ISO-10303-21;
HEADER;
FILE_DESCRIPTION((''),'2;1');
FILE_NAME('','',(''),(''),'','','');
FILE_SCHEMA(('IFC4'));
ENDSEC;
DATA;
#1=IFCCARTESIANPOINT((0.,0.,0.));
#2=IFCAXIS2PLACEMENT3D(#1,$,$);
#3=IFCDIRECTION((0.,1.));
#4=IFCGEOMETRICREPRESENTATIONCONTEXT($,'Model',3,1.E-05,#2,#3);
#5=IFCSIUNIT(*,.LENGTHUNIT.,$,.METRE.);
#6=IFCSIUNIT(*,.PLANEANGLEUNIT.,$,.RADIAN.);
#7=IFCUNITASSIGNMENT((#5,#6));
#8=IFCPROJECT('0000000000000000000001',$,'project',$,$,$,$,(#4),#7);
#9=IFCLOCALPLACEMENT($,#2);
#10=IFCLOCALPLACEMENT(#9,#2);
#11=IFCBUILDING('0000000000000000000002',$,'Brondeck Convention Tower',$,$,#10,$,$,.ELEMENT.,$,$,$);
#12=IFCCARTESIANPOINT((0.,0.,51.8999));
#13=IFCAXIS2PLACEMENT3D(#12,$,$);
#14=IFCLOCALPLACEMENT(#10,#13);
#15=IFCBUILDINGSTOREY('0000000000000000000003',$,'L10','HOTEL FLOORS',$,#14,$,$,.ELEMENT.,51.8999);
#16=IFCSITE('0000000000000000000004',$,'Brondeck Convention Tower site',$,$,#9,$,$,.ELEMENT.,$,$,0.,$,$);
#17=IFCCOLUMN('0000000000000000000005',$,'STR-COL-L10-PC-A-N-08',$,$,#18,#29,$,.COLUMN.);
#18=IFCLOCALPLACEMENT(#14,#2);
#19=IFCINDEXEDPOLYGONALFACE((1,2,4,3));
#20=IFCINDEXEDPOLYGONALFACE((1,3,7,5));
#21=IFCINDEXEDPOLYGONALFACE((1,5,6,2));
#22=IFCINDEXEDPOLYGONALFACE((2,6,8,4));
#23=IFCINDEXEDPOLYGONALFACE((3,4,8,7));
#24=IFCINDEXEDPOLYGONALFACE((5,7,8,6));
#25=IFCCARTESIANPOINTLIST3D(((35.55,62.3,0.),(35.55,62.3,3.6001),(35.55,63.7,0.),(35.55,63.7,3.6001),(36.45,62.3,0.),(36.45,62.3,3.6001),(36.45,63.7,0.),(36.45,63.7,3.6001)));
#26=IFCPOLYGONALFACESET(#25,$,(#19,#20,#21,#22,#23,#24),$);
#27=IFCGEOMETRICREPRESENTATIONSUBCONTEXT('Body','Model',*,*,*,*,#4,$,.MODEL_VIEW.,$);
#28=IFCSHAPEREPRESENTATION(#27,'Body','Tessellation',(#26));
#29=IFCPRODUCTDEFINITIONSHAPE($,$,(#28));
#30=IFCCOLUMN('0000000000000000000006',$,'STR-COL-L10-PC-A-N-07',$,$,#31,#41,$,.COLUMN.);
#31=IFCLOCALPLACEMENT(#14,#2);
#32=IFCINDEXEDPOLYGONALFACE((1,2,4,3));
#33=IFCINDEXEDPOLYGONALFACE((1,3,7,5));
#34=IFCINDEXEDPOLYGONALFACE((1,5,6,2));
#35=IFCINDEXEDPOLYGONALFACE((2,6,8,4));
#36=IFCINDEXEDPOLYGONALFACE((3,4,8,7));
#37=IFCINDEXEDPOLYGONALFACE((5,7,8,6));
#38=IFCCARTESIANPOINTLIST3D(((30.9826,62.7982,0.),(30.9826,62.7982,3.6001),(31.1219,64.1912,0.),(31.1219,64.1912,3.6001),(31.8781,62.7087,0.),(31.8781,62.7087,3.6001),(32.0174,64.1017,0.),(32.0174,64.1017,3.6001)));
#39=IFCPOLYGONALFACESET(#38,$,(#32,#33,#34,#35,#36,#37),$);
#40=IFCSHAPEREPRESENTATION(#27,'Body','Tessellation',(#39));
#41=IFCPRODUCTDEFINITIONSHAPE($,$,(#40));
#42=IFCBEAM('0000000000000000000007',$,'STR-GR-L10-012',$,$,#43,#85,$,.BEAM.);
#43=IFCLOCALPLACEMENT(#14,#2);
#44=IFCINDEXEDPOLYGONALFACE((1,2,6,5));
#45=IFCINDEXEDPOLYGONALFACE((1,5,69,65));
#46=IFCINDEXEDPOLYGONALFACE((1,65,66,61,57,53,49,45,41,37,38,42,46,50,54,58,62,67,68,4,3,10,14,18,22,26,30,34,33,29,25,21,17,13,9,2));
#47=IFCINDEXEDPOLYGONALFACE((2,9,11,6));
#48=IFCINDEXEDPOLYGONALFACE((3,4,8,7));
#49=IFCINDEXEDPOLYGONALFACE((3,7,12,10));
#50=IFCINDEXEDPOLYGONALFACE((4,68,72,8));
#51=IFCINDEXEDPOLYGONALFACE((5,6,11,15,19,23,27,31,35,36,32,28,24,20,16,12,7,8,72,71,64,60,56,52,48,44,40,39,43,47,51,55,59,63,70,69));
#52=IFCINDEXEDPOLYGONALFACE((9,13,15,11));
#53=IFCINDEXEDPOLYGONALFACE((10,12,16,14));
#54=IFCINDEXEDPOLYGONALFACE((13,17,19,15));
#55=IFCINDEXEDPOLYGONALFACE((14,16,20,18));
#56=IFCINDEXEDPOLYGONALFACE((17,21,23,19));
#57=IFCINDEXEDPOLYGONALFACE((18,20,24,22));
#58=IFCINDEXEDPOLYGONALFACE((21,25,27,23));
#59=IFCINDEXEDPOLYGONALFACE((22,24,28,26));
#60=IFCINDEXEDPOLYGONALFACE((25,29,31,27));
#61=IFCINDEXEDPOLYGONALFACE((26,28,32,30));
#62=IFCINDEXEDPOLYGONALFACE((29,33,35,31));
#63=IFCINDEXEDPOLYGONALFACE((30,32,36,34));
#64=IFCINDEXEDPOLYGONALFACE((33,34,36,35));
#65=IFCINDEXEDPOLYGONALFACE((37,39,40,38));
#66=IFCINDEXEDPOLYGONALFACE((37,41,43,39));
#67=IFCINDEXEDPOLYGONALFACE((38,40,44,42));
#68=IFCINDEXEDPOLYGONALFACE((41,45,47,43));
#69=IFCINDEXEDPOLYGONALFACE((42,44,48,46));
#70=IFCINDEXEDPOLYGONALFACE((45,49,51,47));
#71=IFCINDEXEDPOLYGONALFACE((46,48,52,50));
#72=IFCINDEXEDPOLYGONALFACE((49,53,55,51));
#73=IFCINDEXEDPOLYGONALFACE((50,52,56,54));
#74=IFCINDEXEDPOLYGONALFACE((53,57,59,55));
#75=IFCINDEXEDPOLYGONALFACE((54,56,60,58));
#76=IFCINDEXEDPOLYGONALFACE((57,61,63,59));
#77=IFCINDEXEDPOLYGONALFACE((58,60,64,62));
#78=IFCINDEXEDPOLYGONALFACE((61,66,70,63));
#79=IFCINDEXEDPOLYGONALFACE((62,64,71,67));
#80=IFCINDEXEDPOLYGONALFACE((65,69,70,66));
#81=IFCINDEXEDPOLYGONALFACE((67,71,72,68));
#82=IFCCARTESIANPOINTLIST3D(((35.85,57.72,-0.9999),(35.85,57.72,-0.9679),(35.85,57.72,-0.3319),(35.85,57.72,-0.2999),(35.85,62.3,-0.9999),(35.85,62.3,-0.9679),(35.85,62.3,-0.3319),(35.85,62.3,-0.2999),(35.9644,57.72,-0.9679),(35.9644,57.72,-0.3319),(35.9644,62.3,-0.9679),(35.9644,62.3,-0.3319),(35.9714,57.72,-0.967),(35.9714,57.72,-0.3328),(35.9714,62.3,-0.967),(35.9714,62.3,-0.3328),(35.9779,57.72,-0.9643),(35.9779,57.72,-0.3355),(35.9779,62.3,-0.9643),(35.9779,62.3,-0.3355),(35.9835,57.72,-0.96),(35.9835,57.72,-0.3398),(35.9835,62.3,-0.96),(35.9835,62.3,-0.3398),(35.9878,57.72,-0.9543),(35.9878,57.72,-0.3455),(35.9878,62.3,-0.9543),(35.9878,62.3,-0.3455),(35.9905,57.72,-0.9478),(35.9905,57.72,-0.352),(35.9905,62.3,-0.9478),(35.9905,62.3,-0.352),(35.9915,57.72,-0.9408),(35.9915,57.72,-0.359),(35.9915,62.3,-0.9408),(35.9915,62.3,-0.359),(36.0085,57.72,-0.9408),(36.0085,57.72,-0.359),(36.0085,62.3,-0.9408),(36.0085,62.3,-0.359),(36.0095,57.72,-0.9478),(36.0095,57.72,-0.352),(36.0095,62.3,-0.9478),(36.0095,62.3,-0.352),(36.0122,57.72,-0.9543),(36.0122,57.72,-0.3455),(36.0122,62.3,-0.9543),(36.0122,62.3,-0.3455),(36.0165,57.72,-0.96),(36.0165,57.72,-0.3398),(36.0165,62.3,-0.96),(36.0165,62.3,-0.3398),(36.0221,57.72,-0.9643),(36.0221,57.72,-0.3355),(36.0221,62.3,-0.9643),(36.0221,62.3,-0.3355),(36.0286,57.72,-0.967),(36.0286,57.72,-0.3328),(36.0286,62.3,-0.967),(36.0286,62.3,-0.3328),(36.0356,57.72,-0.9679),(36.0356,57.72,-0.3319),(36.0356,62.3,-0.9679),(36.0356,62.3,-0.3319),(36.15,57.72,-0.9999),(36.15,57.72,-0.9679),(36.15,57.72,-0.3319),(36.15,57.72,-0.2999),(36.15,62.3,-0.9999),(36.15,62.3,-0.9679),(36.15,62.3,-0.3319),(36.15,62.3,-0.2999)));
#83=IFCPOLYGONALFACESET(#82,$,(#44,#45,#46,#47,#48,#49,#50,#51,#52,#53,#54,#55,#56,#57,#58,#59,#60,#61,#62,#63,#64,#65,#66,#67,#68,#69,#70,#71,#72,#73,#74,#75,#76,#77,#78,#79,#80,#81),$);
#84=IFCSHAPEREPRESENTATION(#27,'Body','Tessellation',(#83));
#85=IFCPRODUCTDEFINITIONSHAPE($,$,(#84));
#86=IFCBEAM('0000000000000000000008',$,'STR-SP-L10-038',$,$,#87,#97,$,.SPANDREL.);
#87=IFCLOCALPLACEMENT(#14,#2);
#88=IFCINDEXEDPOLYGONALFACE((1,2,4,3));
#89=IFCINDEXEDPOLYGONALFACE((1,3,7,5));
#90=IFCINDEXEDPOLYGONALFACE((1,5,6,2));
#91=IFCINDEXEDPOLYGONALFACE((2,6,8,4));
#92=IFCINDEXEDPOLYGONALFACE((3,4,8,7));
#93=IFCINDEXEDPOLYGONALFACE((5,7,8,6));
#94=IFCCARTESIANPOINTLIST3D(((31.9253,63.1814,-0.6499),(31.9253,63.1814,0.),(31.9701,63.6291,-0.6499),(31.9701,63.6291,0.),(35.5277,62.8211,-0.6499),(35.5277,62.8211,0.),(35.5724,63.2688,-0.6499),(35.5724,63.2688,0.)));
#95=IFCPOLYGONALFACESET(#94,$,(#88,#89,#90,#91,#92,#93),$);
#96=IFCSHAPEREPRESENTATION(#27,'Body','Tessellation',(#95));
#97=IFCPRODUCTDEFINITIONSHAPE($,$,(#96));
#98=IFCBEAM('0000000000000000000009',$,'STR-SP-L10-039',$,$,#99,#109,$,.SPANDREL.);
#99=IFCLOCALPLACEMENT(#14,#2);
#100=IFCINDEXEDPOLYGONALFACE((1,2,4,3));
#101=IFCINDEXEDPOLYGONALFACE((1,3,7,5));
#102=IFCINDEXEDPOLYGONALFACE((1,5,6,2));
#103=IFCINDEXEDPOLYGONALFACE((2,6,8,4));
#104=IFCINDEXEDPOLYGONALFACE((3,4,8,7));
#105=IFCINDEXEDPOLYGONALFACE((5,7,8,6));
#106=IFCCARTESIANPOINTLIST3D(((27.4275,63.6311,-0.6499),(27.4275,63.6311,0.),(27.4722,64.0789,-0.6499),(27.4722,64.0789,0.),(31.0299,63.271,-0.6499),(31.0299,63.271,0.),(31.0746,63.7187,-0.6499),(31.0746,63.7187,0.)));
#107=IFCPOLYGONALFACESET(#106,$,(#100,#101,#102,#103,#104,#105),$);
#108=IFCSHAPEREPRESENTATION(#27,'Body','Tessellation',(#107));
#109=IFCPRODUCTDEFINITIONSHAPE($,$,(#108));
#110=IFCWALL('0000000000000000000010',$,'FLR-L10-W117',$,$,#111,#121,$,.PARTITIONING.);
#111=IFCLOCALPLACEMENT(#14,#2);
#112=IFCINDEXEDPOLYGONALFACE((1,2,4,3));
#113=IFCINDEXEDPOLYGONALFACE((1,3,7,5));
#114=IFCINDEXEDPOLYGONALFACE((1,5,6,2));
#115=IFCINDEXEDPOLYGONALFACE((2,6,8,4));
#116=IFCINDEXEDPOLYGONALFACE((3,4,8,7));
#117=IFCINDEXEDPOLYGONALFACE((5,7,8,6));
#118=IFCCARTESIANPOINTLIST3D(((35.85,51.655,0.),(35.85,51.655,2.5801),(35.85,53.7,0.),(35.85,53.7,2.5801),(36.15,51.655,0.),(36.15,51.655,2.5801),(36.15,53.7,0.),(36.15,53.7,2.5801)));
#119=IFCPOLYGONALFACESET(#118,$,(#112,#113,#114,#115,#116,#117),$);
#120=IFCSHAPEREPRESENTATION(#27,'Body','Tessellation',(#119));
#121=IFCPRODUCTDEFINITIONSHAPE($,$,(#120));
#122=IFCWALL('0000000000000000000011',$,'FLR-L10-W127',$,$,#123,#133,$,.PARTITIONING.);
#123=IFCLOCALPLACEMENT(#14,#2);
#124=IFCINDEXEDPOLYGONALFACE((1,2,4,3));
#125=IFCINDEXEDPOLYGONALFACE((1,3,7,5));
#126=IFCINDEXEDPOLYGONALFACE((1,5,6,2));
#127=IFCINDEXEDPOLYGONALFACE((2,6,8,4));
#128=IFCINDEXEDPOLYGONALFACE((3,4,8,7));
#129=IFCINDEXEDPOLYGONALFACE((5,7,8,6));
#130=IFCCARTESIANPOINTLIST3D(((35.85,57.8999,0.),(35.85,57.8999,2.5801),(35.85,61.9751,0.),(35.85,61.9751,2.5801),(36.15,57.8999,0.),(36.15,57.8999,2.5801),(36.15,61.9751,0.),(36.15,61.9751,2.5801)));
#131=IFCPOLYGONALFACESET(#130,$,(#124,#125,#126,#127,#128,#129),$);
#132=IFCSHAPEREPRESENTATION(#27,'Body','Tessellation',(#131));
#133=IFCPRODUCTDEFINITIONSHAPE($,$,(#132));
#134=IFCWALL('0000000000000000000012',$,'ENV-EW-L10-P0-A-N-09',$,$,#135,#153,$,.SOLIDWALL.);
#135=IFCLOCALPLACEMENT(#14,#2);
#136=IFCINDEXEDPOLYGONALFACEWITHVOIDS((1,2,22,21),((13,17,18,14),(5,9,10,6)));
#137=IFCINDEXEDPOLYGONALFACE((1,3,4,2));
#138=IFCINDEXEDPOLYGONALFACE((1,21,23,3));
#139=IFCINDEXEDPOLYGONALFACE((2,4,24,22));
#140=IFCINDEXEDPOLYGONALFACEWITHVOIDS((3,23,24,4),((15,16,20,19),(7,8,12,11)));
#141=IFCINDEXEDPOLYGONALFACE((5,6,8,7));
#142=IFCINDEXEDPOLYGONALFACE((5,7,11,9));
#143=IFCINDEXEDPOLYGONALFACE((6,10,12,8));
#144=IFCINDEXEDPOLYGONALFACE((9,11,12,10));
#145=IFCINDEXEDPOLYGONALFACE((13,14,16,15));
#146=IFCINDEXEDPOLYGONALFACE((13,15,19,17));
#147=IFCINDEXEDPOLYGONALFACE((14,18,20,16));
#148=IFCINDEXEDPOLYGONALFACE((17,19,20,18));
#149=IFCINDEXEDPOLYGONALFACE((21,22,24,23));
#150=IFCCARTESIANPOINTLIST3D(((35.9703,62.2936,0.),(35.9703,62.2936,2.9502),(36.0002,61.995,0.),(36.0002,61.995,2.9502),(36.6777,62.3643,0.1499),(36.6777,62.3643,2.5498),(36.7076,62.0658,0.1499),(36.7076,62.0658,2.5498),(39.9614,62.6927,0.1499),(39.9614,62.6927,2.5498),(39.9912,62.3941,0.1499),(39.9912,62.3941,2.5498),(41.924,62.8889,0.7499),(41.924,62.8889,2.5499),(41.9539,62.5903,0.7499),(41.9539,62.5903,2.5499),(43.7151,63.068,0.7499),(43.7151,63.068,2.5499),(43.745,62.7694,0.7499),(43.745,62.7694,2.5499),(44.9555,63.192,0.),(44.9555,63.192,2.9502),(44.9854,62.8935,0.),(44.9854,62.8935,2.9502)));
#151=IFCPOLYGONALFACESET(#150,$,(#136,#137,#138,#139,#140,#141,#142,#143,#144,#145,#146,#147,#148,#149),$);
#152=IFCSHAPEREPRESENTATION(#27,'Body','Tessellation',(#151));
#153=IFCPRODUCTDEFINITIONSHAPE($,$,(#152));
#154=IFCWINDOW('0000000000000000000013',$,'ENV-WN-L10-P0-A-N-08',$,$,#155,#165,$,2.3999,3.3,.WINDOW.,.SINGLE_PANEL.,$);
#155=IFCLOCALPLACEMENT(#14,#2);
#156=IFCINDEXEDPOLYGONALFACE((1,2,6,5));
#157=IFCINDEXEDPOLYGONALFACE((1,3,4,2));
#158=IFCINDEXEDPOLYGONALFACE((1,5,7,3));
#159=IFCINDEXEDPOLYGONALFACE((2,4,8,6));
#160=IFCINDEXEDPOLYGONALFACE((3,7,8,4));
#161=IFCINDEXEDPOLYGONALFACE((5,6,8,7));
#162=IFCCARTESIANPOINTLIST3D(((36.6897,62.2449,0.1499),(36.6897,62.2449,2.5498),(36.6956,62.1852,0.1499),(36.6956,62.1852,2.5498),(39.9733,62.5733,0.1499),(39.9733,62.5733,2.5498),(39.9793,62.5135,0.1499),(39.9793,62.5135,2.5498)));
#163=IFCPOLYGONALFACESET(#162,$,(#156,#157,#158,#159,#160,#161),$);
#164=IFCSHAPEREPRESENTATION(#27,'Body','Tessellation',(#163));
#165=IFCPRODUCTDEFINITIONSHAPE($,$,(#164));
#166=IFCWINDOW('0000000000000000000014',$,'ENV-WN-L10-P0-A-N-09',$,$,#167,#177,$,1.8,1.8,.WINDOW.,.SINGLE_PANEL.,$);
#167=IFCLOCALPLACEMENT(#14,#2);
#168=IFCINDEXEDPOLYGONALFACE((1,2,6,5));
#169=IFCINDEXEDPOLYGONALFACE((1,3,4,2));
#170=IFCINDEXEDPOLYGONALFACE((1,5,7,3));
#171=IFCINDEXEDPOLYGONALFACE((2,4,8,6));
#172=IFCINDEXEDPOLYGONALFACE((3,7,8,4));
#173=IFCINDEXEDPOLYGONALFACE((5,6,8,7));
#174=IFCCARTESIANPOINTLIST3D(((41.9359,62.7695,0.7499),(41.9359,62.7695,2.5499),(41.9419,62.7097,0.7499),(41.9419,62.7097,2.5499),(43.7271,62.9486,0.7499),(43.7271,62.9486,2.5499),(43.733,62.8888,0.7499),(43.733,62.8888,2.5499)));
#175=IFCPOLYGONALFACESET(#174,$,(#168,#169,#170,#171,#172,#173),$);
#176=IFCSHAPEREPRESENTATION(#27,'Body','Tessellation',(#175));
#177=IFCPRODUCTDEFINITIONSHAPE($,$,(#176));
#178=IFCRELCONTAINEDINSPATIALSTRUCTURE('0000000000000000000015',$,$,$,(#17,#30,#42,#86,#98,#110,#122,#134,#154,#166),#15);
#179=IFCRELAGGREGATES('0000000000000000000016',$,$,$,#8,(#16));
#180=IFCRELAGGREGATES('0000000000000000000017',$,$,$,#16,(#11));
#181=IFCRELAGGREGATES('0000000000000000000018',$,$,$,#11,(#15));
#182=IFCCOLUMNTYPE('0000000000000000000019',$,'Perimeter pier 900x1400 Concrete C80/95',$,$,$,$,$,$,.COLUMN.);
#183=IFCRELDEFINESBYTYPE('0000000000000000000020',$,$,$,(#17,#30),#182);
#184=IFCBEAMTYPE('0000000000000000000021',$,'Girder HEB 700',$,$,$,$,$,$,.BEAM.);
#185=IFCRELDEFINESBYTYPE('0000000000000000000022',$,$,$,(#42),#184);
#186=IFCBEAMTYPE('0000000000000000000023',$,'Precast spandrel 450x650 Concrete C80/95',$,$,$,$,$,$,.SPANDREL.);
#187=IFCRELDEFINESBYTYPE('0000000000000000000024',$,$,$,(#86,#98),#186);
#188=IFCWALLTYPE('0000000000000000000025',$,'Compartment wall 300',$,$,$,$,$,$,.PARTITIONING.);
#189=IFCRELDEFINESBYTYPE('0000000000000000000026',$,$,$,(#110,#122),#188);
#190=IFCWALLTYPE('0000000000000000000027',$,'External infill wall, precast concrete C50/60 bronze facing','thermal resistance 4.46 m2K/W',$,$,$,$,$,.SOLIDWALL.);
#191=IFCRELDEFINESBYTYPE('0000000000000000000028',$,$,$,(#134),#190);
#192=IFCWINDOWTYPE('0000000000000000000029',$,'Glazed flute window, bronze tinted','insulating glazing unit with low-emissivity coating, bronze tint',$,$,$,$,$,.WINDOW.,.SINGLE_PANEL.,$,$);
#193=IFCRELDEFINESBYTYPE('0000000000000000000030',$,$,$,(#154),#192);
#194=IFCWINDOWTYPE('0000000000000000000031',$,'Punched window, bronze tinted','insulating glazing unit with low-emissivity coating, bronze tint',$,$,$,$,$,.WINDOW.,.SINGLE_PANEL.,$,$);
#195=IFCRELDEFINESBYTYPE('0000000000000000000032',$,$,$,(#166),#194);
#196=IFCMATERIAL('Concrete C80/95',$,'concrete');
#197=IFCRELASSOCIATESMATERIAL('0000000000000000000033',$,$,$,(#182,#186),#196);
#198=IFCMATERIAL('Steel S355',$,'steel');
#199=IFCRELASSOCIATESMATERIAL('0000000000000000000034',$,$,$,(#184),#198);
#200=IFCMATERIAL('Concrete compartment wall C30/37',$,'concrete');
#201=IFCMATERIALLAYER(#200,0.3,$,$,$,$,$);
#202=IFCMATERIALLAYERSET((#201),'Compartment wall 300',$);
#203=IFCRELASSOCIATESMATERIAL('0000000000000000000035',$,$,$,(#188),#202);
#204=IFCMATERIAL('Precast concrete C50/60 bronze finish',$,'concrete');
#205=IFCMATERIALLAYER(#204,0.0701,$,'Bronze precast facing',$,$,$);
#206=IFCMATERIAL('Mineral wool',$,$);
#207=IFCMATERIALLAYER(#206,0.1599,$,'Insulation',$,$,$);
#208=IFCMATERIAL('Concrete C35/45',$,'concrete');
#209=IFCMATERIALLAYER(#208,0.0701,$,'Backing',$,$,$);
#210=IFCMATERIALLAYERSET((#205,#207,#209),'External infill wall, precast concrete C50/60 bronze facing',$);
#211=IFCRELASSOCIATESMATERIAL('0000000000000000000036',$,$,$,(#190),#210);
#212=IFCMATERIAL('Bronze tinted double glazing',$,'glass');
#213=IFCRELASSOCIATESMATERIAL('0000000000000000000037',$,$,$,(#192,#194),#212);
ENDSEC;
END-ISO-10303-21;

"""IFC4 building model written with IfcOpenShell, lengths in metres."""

from ifc_helpers import new_model, si_unit, direction, frame, frame_2d, origin, origin_2d, place, context, subcontext, project, spatial, rectangle, i_section, extrude, material, layer, layer_set, material_profile, profile_set, type_object, element, fill, save


model = new_model("IFC4")

# Units and contexts
model_context = context("Model", 3, precision=1e-05, world=origin(), true_north=direction((0.0, 1.0)))
body_context = subcontext(model_context, "Body", "Model", "MODEL_VIEW")
ifc_project = project(units=[si_unit("LENGTHUNIT", "METRE"), si_unit("PLANEANGLEUNIT", "RADIAN")], contexts=[model_context])

# Site, building, storey
site_placement = place(None, origin())
site = spatial("IfcSite", under=ifc_project, at=site_placement, Name="Brondeck Convention Tower site", CompositionType="ELEMENT", RefElevation=0.0)
building_placement = place(site_placement, origin())
building = spatial("IfcBuilding", under=site, at=building_placement, Name="Brondeck Convention Tower", CompositionType="ELEMENT")
storey_placement = place(building_placement, frame((0.0, 0.0, 51.8999)))
storey = spatial("IfcBuildingStorey", under=building, at=storey_placement, Name="L10", Description="HOTEL FLOORS", CompositionType="ELEMENT", Elevation=51.8999)

# Columns
ifc_material_1 = material(Name="Concrete C80/95", Category="concrete")
ifc_material_profile_1 = material_profile(ifc_material_1, rectangle(XDim=0.8999, YDim=1.3999, at=origin_2d()), Name="Perimeter pier 900x1400 Concrete C80/95")
ifc_profile_set_1 = profile_set([ifc_material_profile_1], Name="Concrete C80/95")
column_type = type_object("IfcColumnType", Name="Perimeter pier 900x1400 Concrete C80/95", PredefinedType="COLUMN", material=ifc_profile_set_1)
for number, where, z_axis, x_axis, name in (
    (1, (36.0, 63.0, 0.0), (0.0, 0.0, 1.0), (-1.0, 0.0, 0.0), "STR-COL-L10-PC-A-N-08"),
    (2, (31.5, 63.45, 0.0), (0.0, 0.0, 1.0), (-0.995037, 0.099504, 0.0), "STR-COL-L10-PC-A-N-07"),
):
    element("IfcColumn", number, at=place(storey_placement, frame(where, z_axis=z_axis, x_axis=x_axis)), inside=storey, type_object=column_type, Name=name, PredefinedType="COLUMN", context=body_context, shape_type="SweptSolid", body=[
        extrude(rectangle(XDim=0.8999, YDim=1.3999, at=origin_2d()), origin(), (0.0, 0.0, 1.0), 3.6001),
    ])

# Beams
ifc_material_2 = material(Name="Steel S355", Category="steel")
ifc_material_profile_2 = material_profile(ifc_material_2, i_section(OverallWidth=0.3, OverallDepth=0.7, WebThickness=0.0171, FlangeThickness=0.032, FilletRadius=0.0271, at=origin_2d()), Name="HEB 700")
ifc_profile_set_2 = profile_set([ifc_material_profile_2], Name="Steel S355")
beam_type_1 = type_object("IfcBeamType", Name="Girder HEB 700", PredefinedType="BEAM", material=ifc_profile_set_2)
beam_placement = place(storey_placement, frame((36.0, 57.72, -0.6499), z_axis=(0.0, 1.0, 0.0), x_axis=(-1.0, 0.0, 0.0)))
element("IfcBeam", 3, at=beam_placement, inside=storey, type_object=beam_type_1, Name="STR-GR-L10-012", PredefinedType="BEAM", context=body_context, shape_type="SweptSolid", body=[
    extrude(i_section(OverallWidth=0.3, OverallDepth=0.7, WebThickness=0.0171, FlangeThickness=0.032, FilletRadius=0.0271, at=origin_2d()), origin(), (0.0, 0.0, 1.0), 4.5801),
])
ifc_material_profile_3 = material_profile(ifc_material_1, rectangle(XDim=0.45, YDim=0.6499, at=origin_2d()), Name="Precast spandrel 450x650 Concrete C80/95")
ifc_profile_set_3 = profile_set([ifc_material_profile_3], Name="Concrete C80/95")
beam_type_2 = type_object("IfcBeamType", Name="Precast spandrel 450x650 Concrete C80/95", PredefinedType="SPANDREL", material=ifc_profile_set_3)
for number, where, z_axis, x_axis, name in (
    (4, (35.55, 63.0449, -0.325), (-0.995034, 0.099537, 0.0), (-0.099537, -0.995034, 0.0), "STR-SP-L10-038"),
    (5, (31.0522, 63.4949, -0.325), (-0.995041, 0.09947, 0.0), (-0.09947, -0.995041, 0.0), "STR-SP-L10-039"),
):
    element("IfcBeam", number, at=place(storey_placement, frame(where, z_axis=z_axis, x_axis=x_axis)), inside=storey, type_object=beam_type_2, Name=name, PredefinedType="SPANDREL", context=body_context, shape_type="SweptSolid", body=[
        extrude(rectangle(XDim=0.45, YDim=0.6499, at=origin_2d()), origin(), (0.0, 0.0, 1.0), 3.6204),
    ])

# Walls
ifc_material_3 = material(Name="Concrete compartment wall C30/37", Category="concrete")
ifc_layer_1 = layer(ifc_material_3, 0.3)
ifc_layer_set_1 = layer_set([ifc_layer_1], Name="Compartment wall 300")
wall_type_1 = type_object("IfcWallType", Name="Compartment wall 300", PredefinedType="PARTITIONING", material=ifc_layer_set_1)
wall_1_placement = place(storey_placement, frame((36.0, 53.7, 0.0), z_axis=(0.0, 0.0, 1.0), x_axis=(0.0, -1.0, 0.0)))
element("IfcWall", 6, at=wall_1_placement, inside=storey, type_object=wall_type_1, Name="FLR-L10-W117", PredefinedType="PARTITIONING", context=body_context, shape_type="SweptSolid", body=[
    extrude(rectangle(XDim=2.0449, YDim=0.3, at=frame_2d((1.0225, 0.0))), origin(), (0.0, 0.0, 1.0), 2.5801),
])
wall_2_placement = place(storey_placement, frame((36.0, 61.9751, 0.0), z_axis=(0.0, 0.0, 1.0), x_axis=(0.0, -1.0, 0.0)))
element("IfcWall", 7, at=wall_2_placement, inside=storey, type_object=wall_type_1, Name="FLR-L10-W127", PredefinedType="PARTITIONING", context=body_context, shape_type="SweptSolid", body=[
    extrude(rectangle(XDim=4.0752, YDim=0.3, at=frame_2d((2.0376, 0.0))), origin(), (0.0, 0.0, 1.0), 2.5801),
])

# Wall, openings, windows
ifc_material_4 = material(Name="Precast concrete C50/60 bronze finish", Category="concrete")
ifc_layer_2 = layer(ifc_material_4, 0.0701, Name="Bronze precast facing")
ifc_material_5 = material(Name="Mineral wool")
ifc_layer_3 = layer(ifc_material_5, 0.1599, Name="Insulation")
ifc_material_6 = material(Name="Concrete C35/45", Category="concrete")
ifc_layer_4 = layer(ifc_material_6, 0.0701, Name="Backing")
ifc_layer_set_2 = layer_set([ifc_layer_2, ifc_layer_3, ifc_layer_4], Name="External infill wall, precast concrete C50/60 bronze facing")
wall_type_2 = type_object("IfcWallType", Name="External infill wall, precast concrete C50/60 bronze facing", Description="thermal resistance 4.46 m2K/W", PredefinedType="SOLIDWALL", material=ifc_layer_set_2)
wall_3_placement = place(storey_placement, frame((35.9851, 62.1443, 0.0), z_axis=(0.0, 0.0, 1.0), x_axis=(0.995038, 0.099496, 0.0)))
wall_3 = element("IfcWall", 8, at=wall_3_placement, inside=storey, type_object=wall_type_2, Name="ENV-EW-L10-P0-A-N-09", PredefinedType="SOLIDWALL", context=body_context, shape_type="SweptSolid", body=[
    extrude(rectangle(XDim=9.03, YDim=0.3, at=frame_2d((4.5151, 0.0))), origin(), (0.0, 0.0, 1.0), 2.9502),
])
opening_1_placement = place(wall_3_placement, frame((0.7112, 0.0, 0.1499)))
opening_1 = element("IfcOpeningElement", 9, at=opening_1_placement, cuts=wall_3, PredefinedType="OPENING", context=body_context, shape_type="SweptSolid", body=[
    extrude(rectangle(XDim=3.3, YDim=2.3999, at=frame_2d((1.6499, 1.2))), frame((0.0, 0.1599, 0.0), z_axis=(0.0, -1.0, 0.0), x_axis=(1.0, 0.0, 0.0)), (0.0, 0.0, 1.0), 0.3201),
])
opening_2_placement = place(wall_3_placement, frame((5.9836, 0.0, 0.75)))
opening_2 = element("IfcOpeningElement", 10, at=opening_2_placement, cuts=wall_3, PredefinedType="OPENING", context=body_context, shape_type="SweptSolid", body=[
    extrude(rectangle(XDim=1.8, YDim=1.8, at=frame_2d((0.8999, 0.8999))), frame((0.0, 0.1599, 0.0), z_axis=(0.0, -1.0, 0.0), x_axis=(1.0, 0.0, 0.0)), (0.0, 0.0, 1.0), 0.3201),
])
ifc_material_7 = material(Name="Bronze tinted double glazing", Category="glass")
window_type_1 = type_object("IfcWindowType", Name="Glazed flute window, bronze tinted", Description="insulating glazing unit with low-emissivity coating, bronze tint", PartitioningType="SINGLE_PANEL", PredefinedType="WINDOW", material=ifc_material_7)
window_1_placement = place(opening_1_placement, origin())
window_1 = element("IfcWindow", 11, at=window_1_placement, inside=storey, type_object=window_type_1, Name="ENV-WN-L10-P0-A-N-08", OverallHeight=2.3999, OverallWidth=3.3, PartitioningType="SINGLE_PANEL", PredefinedType="WINDOW", context=body_context, shape_type="SweptSolid", body=[
    extrude(rectangle(XDim=3.3, YDim=2.3999, at=frame_2d((1.6499, 1.2))), frame((0.0, 0.03, 0.0), z_axis=(0.0, -1.0, 0.0), x_axis=(1.0, 0.0, 0.0)), (0.0, 0.0, 1.0), 0.0601),
])
fill(opening_1, window_1)
window_type_2 = type_object("IfcWindowType", Name="Punched window, bronze tinted", Description="insulating glazing unit with low-emissivity coating, bronze tint", PartitioningType="SINGLE_PANEL", PredefinedType="WINDOW", material=ifc_material_7)
window_2_placement = place(opening_2_placement, origin())
window_2 = element("IfcWindow", 12, at=window_2_placement, inside=storey, type_object=window_type_2, Name="ENV-WN-L10-P0-A-N-09", OverallHeight=1.8, OverallWidth=1.8, PartitioningType="SINGLE_PANEL", PredefinedType="WINDOW", context=body_context, shape_type="SweptSolid", body=[
    extrude(rectangle(XDim=1.8, YDim=1.8, at=frame_2d((0.8999, 0.8999))), frame((0.0, 0.03, 0.0), z_axis=(0.0, -1.0, 0.0), x_axis=(1.0, 0.0, 0.0)), (0.0, 0.0, 1.0), 0.0601),
])
fill(opening_2, window_2)

save(model, "model.ifc")
